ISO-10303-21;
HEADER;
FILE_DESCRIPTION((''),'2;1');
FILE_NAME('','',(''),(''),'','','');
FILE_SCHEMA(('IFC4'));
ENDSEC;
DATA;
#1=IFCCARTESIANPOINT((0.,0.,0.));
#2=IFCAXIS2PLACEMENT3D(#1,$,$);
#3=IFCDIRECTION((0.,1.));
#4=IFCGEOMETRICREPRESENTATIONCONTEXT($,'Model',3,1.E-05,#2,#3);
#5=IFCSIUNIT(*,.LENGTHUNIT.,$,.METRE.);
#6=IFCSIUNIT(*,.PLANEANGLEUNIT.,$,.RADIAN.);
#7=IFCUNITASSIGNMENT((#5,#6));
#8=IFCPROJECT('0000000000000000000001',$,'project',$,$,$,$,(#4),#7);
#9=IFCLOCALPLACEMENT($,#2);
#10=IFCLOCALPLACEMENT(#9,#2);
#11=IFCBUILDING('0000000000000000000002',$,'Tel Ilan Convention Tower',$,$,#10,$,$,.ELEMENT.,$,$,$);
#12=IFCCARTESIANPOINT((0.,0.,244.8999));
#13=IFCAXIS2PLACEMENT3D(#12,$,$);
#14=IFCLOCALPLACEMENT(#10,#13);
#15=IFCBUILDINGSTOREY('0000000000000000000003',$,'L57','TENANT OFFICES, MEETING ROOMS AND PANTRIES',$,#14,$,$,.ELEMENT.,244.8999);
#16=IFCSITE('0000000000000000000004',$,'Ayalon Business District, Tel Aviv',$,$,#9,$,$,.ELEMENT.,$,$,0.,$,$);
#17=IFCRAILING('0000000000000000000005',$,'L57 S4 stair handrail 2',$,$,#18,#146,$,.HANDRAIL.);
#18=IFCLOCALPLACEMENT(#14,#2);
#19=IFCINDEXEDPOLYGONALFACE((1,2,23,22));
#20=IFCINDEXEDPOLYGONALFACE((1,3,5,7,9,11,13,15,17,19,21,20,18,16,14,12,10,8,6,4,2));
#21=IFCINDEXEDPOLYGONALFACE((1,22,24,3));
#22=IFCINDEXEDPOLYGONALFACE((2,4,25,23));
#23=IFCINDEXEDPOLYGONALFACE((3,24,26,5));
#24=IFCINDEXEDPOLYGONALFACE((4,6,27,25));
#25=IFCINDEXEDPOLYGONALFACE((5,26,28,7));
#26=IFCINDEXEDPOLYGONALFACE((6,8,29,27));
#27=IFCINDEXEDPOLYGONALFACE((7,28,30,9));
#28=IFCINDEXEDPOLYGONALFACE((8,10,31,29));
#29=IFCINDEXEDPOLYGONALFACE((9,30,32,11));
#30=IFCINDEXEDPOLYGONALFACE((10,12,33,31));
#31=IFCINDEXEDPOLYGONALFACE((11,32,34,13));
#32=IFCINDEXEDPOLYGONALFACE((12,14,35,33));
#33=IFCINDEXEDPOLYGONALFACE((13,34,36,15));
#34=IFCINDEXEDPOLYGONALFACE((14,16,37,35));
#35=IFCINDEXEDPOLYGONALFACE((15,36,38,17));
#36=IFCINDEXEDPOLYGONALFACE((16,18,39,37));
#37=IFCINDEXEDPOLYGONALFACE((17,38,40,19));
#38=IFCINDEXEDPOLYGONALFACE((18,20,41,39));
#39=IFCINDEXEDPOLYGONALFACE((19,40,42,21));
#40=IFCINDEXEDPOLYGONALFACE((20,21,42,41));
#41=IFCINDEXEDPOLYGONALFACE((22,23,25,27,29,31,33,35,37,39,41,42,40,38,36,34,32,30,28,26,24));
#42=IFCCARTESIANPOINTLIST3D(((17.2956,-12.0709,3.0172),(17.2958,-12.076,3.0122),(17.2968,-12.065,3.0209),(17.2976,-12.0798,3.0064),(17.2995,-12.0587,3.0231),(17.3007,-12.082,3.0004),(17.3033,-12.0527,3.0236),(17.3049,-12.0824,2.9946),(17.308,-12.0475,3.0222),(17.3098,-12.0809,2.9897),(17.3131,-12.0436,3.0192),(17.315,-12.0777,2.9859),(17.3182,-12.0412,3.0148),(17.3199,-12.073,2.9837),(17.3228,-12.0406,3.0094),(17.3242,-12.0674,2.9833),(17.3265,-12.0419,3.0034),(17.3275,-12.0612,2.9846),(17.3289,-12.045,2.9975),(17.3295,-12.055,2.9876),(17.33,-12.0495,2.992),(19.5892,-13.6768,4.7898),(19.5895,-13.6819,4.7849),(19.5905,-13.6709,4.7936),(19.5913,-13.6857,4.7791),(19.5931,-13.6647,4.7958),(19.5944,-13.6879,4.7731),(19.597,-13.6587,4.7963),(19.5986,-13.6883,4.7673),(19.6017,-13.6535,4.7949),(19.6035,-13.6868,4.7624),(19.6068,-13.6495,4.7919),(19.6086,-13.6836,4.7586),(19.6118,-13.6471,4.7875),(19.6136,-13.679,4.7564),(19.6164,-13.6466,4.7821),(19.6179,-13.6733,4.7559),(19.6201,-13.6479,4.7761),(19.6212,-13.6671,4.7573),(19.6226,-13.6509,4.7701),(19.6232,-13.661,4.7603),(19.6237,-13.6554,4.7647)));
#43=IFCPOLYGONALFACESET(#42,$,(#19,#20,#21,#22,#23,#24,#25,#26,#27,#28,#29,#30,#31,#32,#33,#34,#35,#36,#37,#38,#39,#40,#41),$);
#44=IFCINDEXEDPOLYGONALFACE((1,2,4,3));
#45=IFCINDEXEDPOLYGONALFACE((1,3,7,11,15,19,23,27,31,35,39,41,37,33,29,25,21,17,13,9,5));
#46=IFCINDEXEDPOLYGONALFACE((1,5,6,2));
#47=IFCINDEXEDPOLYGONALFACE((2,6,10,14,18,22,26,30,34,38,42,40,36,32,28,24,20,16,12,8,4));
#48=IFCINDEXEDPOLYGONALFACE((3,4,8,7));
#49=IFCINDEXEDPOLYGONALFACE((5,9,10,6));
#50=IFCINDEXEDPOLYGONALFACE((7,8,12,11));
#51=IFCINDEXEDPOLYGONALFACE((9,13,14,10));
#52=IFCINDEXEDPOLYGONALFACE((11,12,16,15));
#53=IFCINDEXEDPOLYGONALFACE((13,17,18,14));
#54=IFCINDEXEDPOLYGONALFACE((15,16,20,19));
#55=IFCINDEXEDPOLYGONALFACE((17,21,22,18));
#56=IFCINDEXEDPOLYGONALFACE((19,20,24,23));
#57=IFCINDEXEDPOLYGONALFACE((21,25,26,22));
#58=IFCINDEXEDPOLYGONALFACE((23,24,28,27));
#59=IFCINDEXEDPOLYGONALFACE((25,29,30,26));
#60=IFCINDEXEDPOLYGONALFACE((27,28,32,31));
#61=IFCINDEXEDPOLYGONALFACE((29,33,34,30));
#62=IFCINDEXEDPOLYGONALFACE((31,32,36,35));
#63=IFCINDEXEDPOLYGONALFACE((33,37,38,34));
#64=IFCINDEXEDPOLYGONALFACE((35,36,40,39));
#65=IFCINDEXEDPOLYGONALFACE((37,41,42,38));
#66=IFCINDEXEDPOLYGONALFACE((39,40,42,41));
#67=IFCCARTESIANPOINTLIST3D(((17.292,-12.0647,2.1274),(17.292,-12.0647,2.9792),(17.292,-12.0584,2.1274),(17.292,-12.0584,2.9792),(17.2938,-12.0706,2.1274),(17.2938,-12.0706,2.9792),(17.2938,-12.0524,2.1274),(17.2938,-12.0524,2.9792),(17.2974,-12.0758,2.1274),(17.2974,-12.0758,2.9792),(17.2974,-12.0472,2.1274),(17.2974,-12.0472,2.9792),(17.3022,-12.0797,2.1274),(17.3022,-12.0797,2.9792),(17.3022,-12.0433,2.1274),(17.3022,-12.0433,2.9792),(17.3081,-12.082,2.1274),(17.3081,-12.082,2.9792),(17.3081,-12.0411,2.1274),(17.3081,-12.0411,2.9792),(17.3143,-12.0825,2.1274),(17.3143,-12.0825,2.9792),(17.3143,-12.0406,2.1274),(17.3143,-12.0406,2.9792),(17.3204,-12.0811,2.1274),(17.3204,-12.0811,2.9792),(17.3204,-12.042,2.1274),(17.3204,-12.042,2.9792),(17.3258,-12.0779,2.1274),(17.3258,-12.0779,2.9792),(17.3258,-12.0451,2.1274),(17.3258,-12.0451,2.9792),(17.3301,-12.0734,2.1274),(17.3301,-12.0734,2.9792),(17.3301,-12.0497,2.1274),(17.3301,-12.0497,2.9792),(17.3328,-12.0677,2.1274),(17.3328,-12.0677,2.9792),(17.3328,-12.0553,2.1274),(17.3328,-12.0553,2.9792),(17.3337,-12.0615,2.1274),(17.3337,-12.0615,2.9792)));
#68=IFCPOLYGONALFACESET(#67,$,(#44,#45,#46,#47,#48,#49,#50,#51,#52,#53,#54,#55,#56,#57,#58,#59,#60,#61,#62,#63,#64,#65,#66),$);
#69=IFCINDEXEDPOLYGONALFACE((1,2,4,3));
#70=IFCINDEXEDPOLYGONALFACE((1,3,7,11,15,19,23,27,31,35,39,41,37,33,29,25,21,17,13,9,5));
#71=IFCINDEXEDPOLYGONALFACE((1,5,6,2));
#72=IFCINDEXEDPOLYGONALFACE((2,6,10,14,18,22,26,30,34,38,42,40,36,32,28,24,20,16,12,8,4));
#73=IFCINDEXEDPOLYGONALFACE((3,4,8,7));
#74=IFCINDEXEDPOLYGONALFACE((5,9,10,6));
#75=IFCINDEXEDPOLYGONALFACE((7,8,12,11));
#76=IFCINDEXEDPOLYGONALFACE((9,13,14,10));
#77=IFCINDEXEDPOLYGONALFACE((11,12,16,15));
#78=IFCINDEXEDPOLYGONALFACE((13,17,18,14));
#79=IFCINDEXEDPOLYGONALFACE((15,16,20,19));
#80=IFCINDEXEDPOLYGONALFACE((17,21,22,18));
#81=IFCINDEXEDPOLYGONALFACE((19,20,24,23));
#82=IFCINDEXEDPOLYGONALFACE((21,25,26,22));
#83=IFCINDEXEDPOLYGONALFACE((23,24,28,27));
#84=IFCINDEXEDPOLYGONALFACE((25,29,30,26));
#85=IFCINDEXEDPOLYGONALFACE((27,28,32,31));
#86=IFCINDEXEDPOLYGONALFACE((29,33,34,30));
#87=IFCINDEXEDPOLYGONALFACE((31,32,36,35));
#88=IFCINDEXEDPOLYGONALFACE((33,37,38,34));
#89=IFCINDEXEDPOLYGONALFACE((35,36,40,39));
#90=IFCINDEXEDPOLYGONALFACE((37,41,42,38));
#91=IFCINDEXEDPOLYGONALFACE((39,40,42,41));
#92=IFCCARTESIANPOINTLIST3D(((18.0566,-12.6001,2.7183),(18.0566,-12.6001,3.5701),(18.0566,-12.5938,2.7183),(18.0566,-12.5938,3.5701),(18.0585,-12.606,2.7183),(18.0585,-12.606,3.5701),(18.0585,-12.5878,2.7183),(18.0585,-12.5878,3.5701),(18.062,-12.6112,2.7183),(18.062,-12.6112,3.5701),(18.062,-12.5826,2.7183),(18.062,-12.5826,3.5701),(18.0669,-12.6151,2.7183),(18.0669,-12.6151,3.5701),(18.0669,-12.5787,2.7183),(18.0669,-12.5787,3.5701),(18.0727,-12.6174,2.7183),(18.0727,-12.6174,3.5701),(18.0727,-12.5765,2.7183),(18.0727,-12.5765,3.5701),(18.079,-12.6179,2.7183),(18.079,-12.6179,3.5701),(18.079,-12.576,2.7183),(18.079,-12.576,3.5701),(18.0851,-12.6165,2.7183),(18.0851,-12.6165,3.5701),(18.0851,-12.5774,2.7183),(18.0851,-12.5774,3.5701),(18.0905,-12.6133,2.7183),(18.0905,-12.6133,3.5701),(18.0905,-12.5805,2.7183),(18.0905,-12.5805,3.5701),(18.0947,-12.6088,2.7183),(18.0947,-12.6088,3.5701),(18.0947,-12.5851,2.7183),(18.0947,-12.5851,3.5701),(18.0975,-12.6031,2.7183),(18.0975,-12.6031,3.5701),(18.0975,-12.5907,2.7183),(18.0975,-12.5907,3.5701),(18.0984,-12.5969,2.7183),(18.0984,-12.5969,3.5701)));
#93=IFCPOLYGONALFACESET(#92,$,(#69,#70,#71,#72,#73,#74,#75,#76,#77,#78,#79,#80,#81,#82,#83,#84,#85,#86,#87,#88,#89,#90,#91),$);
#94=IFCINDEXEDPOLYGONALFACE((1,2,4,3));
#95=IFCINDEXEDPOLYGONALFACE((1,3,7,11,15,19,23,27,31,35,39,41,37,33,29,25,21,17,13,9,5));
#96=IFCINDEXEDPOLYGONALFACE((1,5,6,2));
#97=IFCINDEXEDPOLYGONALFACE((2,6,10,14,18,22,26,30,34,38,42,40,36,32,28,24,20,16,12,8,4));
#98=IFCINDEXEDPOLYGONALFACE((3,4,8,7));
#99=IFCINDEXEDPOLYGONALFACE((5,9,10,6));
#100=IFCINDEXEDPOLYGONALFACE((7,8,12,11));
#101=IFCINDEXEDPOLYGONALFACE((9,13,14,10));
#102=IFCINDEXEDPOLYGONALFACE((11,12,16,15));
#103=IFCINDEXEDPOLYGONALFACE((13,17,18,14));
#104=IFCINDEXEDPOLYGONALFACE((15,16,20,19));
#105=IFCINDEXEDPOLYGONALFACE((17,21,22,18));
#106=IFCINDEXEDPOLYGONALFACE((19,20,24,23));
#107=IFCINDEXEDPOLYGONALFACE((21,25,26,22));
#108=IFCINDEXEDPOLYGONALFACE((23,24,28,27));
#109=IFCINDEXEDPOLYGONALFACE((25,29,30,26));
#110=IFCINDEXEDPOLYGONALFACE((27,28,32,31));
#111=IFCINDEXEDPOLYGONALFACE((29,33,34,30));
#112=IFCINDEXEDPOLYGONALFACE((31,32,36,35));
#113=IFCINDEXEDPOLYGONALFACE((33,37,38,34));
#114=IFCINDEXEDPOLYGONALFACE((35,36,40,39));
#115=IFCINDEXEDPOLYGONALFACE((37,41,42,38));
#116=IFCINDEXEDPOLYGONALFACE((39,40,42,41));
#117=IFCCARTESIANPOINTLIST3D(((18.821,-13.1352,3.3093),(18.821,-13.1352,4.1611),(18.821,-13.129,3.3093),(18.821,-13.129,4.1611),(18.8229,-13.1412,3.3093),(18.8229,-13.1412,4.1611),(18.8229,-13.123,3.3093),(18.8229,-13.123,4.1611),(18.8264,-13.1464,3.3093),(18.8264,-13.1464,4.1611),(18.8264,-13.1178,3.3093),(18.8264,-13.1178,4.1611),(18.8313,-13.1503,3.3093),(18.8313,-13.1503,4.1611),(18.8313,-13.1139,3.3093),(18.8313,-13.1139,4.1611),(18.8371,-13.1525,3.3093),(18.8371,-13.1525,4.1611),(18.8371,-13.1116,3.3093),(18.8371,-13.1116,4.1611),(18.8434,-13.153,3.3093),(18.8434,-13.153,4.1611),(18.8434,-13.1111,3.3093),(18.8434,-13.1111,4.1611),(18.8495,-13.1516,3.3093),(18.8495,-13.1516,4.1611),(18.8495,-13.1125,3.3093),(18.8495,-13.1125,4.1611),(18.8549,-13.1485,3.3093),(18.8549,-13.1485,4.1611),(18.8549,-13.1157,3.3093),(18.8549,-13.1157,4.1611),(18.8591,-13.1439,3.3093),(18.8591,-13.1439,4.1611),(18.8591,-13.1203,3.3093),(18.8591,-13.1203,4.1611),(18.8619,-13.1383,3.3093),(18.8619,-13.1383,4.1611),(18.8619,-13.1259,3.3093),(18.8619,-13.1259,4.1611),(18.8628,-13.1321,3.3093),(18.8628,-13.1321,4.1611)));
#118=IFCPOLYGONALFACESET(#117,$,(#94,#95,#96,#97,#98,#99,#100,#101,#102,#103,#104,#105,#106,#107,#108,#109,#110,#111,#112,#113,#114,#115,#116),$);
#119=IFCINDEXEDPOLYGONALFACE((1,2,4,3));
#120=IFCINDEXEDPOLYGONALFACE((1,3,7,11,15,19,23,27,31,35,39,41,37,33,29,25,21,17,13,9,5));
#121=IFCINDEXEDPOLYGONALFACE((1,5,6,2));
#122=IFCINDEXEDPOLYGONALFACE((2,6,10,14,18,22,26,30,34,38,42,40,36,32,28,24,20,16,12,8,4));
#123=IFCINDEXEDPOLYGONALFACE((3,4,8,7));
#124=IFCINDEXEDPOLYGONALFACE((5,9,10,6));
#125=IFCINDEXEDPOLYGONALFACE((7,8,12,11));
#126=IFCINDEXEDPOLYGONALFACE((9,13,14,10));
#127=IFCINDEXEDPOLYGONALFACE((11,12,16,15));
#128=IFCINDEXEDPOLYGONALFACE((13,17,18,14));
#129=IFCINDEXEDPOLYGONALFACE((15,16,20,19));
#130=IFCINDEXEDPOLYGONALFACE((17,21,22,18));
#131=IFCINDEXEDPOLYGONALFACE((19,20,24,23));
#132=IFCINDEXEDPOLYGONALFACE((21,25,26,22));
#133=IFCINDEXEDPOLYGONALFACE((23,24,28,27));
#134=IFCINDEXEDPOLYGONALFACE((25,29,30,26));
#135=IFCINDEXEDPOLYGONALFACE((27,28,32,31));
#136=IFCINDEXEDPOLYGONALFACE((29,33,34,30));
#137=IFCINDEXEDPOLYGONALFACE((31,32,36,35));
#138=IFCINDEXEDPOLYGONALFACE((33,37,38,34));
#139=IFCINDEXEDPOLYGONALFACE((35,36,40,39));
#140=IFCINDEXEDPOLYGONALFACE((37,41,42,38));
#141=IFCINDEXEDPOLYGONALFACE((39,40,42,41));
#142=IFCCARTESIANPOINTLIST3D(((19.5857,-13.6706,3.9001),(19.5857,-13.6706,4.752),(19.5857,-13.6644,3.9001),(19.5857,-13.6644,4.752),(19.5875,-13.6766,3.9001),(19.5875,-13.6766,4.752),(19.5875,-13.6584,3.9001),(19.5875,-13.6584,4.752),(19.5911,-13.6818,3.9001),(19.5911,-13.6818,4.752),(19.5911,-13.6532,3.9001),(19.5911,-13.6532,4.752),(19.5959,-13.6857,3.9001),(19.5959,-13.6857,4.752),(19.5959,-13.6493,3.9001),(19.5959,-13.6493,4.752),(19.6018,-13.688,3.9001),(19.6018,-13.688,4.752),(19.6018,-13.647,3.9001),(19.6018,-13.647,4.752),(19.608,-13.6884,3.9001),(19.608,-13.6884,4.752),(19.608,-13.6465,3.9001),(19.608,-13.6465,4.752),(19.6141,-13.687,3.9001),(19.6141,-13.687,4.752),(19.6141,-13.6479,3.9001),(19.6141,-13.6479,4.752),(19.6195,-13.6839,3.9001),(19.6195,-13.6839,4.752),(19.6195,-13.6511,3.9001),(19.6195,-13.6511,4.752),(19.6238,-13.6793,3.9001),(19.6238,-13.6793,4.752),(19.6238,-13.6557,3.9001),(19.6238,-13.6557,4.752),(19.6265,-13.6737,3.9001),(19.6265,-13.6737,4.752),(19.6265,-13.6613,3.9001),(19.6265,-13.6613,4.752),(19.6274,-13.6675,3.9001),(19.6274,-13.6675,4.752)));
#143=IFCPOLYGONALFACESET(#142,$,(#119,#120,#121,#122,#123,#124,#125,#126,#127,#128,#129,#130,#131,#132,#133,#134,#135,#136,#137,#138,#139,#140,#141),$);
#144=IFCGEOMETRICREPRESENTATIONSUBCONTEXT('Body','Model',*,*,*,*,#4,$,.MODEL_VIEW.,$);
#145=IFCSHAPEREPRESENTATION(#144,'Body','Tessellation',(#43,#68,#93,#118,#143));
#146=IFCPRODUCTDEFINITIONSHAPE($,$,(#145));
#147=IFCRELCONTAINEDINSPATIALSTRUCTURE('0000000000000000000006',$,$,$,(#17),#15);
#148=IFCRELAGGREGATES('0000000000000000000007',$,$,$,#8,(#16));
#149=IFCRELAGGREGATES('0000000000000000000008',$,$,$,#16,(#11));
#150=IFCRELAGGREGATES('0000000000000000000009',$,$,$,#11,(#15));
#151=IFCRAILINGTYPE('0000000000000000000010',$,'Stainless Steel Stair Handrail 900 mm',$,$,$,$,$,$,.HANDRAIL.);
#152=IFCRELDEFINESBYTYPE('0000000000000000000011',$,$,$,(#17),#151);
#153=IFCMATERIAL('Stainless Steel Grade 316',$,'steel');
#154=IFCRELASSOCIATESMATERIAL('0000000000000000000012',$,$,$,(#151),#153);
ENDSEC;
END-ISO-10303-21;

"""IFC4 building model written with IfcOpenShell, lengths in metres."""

from ifc_helpers import new_model, si_unit, direction, frame, origin, origin_2d, place, context, subcontext, project, spatial, circle, extrude, material, type_object, element, save


model = new_model("IFC4")

# Units and contexts
model_context = context("Model", 3, precision=1e-05, world=origin(), true_north=direction((0.0, 1.0)))
body_context = subcontext(model_context, "Body", "Model", "MODEL_VIEW")
ifc_project = project(units=[si_unit("LENGTHUNIT", "METRE"), si_unit("PLANEANGLEUNIT", "RADIAN")], contexts=[model_context])

# Site, building, storey
site_placement = place(None, origin())
site = spatial("IfcSite", under=ifc_project, at=site_placement, Name="Ayalon Business District, Tel Aviv", CompositionType="ELEMENT", RefElevation=0.0)
building_placement = place(site_placement, origin())
building = spatial("IfcBuilding", under=site, at=building_placement, Name="Tel Ilan Convention Tower", CompositionType="ELEMENT")
storey_placement = place(building_placement, frame((0.0, 0.0, 244.8999)))
storey = spatial("IfcBuildingStorey", under=building, at=storey_placement, Name="L57", Description="TENANT OFFICES, MEETING ROOMS AND PANTRIES", CompositionType="ELEMENT", Elevation=244.8999)

# Railing
ifc_material_1 = material(Name="Stainless Steel Grade 316", Category="steel")
railing_type = type_object("IfcRailingType", Name="Stainless Steel Stair Handrail 900 mm", PredefinedType="HANDRAIL", material=ifc_material_1)
railing_placement = place(storey_placement, frame((17.3127, -12.0615, 2.1274)))
element("IfcRailing", 1, at=railing_placement, inside=storey, type_object=railing_type, Name="L57 S4 stair handrail 2", PredefinedType="HANDRAIL", context=body_context, shape_type="SweptSolid", body=[
    extrude(circle(Radius=0.0239, at=origin_2d()), frame((0.0, 0.0, 0.876), z_axis=(0.692123, -0.484597, 0.534913), x_axis=(0.57355, 0.81917, 0.0)), (0.0, 0.0, 1.0), 3.314),
    extrude(circle(Radius=0.021, at=origin_2d()), origin(), (0.0, 0.0, 1.0), 0.8518),
    extrude(circle(Radius=0.021, at=origin_2d()), frame((0.7646, -0.5354, 0.5908)), (0.0, 0.0, 1.0), 0.8518),
    extrude(circle(Radius=0.021, at=origin_2d()), frame((1.5291, -1.0706, 1.1819)), (0.0, 0.0, 1.0), 0.8518),
    extrude(circle(Radius=0.021, at=origin_2d()), frame((2.2937, -1.606, 1.7727)), (0.0, 0.0, 1.0), 0.8518),
])

save(model, "model.ifc")
